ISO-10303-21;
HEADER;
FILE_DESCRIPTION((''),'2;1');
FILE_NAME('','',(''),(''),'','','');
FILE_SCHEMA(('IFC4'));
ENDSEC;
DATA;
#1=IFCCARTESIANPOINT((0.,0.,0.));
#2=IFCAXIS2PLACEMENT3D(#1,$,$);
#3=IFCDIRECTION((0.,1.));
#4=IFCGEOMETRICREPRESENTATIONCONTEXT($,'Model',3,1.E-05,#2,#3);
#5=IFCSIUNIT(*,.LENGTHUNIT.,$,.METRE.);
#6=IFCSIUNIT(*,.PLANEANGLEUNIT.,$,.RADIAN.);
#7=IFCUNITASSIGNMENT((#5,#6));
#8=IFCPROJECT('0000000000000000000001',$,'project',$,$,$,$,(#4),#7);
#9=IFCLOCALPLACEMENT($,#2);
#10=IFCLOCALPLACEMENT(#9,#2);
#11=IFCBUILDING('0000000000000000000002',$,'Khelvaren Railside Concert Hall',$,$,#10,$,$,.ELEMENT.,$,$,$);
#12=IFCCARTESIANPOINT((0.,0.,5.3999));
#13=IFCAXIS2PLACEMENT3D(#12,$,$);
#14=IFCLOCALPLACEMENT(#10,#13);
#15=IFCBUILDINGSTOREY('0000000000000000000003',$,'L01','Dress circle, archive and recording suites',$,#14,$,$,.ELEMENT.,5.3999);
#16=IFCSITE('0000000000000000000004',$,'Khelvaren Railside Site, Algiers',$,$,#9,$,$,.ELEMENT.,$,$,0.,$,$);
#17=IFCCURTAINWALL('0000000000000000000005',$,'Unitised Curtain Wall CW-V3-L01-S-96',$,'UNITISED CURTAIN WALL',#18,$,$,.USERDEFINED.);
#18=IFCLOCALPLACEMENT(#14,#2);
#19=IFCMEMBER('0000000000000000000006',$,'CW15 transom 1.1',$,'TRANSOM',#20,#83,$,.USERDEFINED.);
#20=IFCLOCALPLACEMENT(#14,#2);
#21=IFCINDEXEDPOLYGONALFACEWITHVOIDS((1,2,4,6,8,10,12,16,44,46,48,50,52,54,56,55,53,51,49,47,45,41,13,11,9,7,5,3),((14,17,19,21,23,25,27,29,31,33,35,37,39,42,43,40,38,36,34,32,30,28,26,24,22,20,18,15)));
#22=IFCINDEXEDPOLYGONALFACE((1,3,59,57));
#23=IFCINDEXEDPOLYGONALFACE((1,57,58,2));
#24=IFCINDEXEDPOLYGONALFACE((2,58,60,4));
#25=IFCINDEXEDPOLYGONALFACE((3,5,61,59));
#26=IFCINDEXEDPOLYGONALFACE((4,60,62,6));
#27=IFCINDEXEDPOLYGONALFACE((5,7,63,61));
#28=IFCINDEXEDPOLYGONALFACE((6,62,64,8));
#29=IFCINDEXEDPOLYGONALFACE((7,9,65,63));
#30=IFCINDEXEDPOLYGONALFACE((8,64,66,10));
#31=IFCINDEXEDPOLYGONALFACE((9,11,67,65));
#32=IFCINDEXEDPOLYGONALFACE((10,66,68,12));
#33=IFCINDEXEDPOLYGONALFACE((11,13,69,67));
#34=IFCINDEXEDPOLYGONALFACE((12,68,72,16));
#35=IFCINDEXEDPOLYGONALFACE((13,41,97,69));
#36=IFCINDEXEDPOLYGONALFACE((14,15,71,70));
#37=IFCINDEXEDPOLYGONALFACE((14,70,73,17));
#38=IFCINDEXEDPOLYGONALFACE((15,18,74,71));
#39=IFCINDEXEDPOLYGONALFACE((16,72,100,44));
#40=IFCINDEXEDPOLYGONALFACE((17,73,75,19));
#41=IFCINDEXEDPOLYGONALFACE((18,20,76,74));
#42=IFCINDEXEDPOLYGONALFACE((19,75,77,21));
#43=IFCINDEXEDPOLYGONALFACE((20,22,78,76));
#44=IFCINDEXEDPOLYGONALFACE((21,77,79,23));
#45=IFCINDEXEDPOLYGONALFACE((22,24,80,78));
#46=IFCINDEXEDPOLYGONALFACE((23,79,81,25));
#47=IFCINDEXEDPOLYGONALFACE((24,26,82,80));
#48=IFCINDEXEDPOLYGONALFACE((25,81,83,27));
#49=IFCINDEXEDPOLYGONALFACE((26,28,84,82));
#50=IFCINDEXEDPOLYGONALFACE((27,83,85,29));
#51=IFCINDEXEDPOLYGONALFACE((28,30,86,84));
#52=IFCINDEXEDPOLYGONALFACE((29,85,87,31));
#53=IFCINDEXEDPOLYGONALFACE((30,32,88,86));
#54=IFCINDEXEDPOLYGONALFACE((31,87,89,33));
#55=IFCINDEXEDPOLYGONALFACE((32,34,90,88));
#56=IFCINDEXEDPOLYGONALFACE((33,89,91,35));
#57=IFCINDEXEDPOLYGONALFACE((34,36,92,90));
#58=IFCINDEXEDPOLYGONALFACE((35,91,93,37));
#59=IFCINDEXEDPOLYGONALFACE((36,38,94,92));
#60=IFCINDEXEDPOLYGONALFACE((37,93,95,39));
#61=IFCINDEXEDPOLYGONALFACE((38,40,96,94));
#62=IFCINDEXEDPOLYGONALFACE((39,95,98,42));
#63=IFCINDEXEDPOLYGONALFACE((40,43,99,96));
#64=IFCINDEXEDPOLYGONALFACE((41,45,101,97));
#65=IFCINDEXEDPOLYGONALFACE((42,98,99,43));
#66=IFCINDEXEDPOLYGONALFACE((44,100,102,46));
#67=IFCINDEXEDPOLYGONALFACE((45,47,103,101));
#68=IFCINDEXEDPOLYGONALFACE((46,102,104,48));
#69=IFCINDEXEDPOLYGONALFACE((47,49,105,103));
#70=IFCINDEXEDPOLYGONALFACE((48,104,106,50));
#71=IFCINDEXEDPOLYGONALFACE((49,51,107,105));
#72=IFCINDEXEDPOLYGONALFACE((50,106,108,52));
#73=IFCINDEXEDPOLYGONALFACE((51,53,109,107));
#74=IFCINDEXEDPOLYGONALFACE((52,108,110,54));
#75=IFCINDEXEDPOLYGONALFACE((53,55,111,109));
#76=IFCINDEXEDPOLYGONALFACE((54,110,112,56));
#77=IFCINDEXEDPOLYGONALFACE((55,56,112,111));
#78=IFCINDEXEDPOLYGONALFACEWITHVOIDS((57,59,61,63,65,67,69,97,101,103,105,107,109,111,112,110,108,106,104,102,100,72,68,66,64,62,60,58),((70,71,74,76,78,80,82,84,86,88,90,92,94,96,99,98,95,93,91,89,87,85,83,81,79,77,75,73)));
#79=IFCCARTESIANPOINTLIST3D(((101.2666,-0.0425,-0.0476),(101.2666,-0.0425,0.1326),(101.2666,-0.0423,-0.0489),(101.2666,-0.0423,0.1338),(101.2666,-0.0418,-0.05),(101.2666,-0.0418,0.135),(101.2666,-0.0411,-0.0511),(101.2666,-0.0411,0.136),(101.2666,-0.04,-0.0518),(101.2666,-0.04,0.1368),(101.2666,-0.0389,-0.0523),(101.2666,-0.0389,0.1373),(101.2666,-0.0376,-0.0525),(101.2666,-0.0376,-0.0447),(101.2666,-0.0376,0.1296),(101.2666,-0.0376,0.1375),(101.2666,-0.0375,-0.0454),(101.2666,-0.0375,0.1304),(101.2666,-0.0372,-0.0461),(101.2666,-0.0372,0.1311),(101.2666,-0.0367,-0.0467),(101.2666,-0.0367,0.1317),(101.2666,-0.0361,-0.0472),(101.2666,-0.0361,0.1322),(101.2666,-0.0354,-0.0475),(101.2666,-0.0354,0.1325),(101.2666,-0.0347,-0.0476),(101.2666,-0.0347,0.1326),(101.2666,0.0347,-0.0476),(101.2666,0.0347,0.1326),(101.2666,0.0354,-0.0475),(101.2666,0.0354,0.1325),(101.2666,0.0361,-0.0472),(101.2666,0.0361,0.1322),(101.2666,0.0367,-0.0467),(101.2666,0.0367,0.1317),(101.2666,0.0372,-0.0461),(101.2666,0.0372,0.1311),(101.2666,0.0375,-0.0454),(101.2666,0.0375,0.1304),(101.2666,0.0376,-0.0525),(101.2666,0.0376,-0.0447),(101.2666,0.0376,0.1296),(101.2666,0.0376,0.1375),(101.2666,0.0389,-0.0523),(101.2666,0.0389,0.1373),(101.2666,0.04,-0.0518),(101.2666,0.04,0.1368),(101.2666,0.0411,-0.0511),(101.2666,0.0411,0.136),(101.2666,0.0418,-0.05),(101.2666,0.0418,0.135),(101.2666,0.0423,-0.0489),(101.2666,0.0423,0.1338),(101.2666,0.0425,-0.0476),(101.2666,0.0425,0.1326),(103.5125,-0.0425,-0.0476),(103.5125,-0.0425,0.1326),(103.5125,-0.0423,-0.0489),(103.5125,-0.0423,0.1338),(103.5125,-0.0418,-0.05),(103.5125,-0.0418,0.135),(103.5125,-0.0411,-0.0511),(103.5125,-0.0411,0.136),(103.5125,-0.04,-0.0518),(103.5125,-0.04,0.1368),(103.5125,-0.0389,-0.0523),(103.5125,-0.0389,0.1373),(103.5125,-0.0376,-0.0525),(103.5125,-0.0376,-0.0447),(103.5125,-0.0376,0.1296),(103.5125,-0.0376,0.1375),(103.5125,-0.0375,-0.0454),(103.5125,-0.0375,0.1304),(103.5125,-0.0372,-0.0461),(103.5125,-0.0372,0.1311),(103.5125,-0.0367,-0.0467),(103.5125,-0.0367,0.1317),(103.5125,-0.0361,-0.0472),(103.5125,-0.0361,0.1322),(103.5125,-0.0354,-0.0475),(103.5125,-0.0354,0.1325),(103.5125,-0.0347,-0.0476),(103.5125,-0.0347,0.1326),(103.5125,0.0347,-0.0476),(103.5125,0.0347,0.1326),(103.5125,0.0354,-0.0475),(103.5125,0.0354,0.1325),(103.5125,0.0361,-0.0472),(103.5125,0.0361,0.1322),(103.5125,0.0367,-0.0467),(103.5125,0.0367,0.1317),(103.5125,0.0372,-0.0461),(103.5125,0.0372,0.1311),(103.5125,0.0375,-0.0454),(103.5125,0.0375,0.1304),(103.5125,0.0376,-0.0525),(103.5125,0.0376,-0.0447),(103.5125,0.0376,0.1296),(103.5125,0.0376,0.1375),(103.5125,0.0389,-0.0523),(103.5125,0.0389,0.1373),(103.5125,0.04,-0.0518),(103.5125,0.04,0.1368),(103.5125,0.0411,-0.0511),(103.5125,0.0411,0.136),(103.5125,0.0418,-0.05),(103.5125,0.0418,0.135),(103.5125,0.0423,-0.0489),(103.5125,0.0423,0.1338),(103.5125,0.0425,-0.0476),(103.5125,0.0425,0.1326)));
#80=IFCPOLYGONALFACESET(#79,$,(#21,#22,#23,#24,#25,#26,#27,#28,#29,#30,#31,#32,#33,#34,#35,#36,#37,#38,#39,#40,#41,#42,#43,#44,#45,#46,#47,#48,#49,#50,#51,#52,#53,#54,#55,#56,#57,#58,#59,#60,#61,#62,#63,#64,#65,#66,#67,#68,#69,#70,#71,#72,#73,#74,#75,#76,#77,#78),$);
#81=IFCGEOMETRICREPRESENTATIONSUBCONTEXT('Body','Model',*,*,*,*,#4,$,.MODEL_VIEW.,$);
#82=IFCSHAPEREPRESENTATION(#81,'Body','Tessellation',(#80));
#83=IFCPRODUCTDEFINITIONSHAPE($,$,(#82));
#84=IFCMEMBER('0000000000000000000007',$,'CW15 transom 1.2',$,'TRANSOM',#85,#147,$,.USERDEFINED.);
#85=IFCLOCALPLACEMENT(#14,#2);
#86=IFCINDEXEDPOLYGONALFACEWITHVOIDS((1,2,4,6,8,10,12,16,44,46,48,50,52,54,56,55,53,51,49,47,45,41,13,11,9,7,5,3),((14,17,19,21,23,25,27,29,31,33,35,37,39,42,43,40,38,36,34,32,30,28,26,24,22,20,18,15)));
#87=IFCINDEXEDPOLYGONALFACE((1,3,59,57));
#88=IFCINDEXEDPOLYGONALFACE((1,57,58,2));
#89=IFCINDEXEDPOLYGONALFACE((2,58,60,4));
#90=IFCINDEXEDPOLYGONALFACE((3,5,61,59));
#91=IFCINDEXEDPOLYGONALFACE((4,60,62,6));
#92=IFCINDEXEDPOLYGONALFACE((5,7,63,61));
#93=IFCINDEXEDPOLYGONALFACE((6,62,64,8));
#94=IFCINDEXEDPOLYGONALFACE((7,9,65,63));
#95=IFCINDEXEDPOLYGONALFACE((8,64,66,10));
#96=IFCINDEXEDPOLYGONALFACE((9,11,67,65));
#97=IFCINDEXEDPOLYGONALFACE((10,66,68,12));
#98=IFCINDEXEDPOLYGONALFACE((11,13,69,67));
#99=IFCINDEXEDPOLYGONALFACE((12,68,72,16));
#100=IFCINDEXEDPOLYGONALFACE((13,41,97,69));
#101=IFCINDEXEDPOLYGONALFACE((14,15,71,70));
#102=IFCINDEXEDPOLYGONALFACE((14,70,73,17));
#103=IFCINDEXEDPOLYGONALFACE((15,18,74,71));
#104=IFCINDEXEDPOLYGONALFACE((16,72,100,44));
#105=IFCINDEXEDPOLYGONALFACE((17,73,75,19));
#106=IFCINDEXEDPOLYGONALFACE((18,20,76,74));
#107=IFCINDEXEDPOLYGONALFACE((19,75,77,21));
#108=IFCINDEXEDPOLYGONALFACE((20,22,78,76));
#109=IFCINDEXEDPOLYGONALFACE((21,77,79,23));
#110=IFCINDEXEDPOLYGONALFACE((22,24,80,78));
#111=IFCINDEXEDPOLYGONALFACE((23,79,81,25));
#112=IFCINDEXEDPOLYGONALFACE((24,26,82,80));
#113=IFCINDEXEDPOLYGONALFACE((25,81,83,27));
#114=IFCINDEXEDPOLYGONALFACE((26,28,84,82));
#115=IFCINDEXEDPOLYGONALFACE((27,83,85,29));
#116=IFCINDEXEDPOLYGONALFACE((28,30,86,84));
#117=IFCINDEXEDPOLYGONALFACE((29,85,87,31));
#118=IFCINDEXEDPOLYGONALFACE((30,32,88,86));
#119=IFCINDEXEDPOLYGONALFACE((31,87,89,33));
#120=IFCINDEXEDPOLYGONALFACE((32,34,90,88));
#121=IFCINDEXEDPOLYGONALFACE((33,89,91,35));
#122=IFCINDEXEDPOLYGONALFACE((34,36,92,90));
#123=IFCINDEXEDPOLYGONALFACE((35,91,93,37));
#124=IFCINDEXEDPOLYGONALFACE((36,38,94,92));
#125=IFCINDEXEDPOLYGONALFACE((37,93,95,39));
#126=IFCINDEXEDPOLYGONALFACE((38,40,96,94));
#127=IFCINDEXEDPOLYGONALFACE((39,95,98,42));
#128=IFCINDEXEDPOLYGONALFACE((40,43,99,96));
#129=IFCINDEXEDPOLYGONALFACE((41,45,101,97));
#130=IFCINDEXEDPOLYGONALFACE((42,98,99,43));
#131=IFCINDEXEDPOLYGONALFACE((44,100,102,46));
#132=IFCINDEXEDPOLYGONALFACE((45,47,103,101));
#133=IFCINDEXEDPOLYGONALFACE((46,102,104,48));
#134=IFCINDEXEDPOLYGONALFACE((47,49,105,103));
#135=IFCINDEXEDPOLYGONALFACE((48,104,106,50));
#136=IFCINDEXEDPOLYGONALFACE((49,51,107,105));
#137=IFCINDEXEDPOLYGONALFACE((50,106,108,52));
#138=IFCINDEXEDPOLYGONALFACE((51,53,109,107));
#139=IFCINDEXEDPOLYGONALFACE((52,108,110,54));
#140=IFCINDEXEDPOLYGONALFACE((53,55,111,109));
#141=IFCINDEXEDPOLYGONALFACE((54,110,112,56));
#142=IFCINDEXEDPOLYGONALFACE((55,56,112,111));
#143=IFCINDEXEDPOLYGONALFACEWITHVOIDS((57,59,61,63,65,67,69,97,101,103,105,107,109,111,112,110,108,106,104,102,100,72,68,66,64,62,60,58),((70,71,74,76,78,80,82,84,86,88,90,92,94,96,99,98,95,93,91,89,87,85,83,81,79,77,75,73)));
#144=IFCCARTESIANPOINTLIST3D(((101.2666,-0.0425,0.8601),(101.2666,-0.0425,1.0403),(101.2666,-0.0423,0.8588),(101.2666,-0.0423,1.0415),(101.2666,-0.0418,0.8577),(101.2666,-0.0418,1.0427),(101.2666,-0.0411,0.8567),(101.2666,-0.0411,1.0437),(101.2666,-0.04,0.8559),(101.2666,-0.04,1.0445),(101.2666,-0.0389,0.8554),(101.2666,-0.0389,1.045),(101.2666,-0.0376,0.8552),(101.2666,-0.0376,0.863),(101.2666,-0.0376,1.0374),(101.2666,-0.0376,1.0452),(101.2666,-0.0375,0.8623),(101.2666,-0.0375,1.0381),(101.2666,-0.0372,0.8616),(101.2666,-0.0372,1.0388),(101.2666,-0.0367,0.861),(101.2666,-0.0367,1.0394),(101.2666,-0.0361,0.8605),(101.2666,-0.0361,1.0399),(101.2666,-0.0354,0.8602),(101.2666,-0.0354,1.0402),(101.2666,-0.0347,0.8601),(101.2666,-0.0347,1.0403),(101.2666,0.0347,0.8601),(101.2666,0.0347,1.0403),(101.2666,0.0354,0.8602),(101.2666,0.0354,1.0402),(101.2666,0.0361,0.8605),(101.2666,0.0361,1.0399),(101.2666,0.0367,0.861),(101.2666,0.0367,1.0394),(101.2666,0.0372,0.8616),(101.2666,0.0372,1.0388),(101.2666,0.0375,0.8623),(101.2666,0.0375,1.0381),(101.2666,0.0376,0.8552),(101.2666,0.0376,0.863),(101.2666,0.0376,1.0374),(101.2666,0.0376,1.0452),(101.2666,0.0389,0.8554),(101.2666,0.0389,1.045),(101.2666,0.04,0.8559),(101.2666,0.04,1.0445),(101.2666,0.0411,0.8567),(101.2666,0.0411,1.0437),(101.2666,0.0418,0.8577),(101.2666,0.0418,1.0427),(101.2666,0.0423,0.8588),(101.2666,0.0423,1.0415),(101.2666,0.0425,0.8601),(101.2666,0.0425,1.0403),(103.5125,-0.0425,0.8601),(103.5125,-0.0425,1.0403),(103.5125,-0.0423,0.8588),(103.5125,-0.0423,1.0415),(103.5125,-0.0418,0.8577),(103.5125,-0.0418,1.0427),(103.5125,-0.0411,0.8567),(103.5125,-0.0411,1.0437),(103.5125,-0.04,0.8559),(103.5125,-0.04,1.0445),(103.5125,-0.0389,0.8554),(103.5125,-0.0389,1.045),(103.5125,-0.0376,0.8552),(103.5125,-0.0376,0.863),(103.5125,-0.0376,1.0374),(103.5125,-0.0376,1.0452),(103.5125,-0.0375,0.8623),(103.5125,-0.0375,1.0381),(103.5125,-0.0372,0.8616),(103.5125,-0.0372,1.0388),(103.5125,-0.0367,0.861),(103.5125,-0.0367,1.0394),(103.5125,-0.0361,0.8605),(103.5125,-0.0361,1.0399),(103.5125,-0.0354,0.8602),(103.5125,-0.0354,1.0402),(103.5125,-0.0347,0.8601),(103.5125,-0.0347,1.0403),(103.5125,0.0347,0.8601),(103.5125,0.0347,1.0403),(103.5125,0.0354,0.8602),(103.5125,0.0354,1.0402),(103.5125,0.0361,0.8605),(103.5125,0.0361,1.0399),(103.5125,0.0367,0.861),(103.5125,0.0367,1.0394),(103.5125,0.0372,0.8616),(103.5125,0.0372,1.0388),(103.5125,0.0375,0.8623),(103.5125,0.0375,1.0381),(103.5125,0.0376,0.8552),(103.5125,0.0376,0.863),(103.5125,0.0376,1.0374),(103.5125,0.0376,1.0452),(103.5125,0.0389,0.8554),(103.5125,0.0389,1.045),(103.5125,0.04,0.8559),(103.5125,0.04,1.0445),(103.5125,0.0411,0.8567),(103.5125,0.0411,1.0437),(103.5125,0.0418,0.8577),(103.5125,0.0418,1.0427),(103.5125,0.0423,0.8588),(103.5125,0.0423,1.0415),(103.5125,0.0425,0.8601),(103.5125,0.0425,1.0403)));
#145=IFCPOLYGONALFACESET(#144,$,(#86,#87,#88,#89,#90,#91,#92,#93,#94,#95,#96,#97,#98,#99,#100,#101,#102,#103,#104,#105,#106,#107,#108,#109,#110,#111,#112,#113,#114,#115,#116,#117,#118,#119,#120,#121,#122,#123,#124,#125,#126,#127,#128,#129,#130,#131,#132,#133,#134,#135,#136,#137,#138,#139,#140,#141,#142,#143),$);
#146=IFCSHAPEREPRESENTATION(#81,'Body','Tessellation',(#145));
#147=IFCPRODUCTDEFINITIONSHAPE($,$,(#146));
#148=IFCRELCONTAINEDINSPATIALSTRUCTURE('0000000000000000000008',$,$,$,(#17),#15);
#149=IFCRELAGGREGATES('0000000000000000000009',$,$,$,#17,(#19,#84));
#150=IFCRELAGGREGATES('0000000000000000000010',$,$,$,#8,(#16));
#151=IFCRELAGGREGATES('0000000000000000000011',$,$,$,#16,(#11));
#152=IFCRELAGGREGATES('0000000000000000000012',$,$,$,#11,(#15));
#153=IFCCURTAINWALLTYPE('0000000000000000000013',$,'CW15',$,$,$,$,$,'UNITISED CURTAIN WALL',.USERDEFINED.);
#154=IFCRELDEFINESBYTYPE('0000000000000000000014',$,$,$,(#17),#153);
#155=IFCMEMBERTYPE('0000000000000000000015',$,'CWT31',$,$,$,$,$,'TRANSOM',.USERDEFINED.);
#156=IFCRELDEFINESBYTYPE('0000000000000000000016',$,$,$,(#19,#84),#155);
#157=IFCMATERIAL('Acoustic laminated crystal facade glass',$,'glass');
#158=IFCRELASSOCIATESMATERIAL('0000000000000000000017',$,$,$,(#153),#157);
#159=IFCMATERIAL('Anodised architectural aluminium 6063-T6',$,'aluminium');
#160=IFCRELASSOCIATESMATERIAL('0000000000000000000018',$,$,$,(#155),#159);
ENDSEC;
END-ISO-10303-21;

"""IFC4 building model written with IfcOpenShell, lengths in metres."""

from ifc_helpers import new_model, si_unit, direction, frame, origin, origin_2d, place, context, subcontext, project, spatial, hollow_rectangle, extrude, material, material_profile, profile_set, type_object, element, aggregate, save


model = new_model("IFC4")

# Units and contexts
model_context = context("Model", 3, precision=1e-05, world=origin(), true_north=direction((0.0, 1.0)))
body_context = subcontext(model_context, "Body", "Model", "MODEL_VIEW")
ifc_project = project(units=[si_unit("LENGTHUNIT", "METRE"), si_unit("PLANEANGLEUNIT", "RADIAN")], contexts=[model_context])

# Site, building, storey
site_placement = place(None, origin())
site = spatial("IfcSite", under=ifc_project, at=site_placement, Name="Khelvaren Railside Site, Algiers", CompositionType="ELEMENT", RefElevation=0.0)
building_placement = place(site_placement, origin())
building = spatial("IfcBuilding", under=site, at=building_placement, Name="Khelvaren Railside Concert Hall", CompositionType="ELEMENT")
storey_placement = place(building_placement, frame((0.0, 0.0, 5.3999)))
storey = spatial("IfcBuildingStorey", under=building, at=storey_placement, Name="L01", Description="Dress circle, archive and recording suites", CompositionType="ELEMENT", Elevation=5.3999)

# Curtain wall
ifc_material_1 = material(Name="Acoustic laminated crystal facade glass", Category="glass")
curtain_wall_type_1 = type_object("IfcCurtainWallType", Name="CW15", ElementType="UNITISED CURTAIN WALL", PredefinedType="USERDEFINED", material=ifc_material_1)
curtain_wall_1_placement = place(storey_placement, origin())
curtain_wall_1 = element("IfcCurtainWall", 1, at=curtain_wall_1_placement, inside=storey, type_object=curtain_wall_type_1, Name="Unitised Curtain Wall CW-V3-L01-S-96", ObjectType="UNITISED CURTAIN WALL", PredefinedType="USERDEFINED")
ifc_material_2 = material(Name="Anodised architectural aluminium 6063-T6", Category="aluminium")

# Members
ifc_material_profile_1 = material_profile(ifc_material_2, hollow_rectangle(XDim=0.085, YDim=0.1899, WallThickness=0.0049, InnerFilletRadius=0.0029, OuterFilletRadius=0.0049, at=origin_2d()), Name="CWT 85x190x5")
ifc_profile_set_1 = profile_set([ifc_material_profile_1], Name="Anodised architectural aluminium 6063-T6")
member_type_1 = type_object("IfcMemberType", Name="CWT31", ElementType="TRANSOM", PredefinedType="USERDEFINED", material=ifc_profile_set_1)
member_1_placement = place(storey_placement, frame((103.5125, 0.0, 0.0425), z_axis=(-1.0, 0.0, 0.0), x_axis=(0.0, -1.0, 0.0)))
member_1 = element("IfcMember", 2, at=member_1_placement, type_object=member_type_1, Name="CW15 transom 1.1", ObjectType="TRANSOM", PredefinedType="USERDEFINED", context=body_context, shape_type="SweptSolid", body=[
    extrude(hollow_rectangle(XDim=0.085, YDim=0.1899, WallThickness=0.0049, InnerFilletRadius=0.0029, OuterFilletRadius=0.0049, at=origin_2d()), origin(), (0.0, 0.0, 1.0), 2.2458),
])
member_2_placement = place(storey_placement, frame((103.5125, 0.0, 0.9502), z_axis=(-1.0, 0.0, 0.0), x_axis=(0.0, -1.0, 0.0)))
member_2 = element("IfcMember", 3, at=member_2_placement, type_object=member_type_1, Name="CW15 transom 1.2", ObjectType="TRANSOM", PredefinedType="USERDEFINED", context=body_context, shape_type="SweptSolid", body=[
    extrude(hollow_rectangle(XDim=0.085, YDim=0.1899, WallThickness=0.0049, InnerFilletRadius=0.0029, OuterFilletRadius=0.0049, at=origin_2d()), origin(), (0.0, 0.0, 1.0), 2.2458),
])

aggregate(curtain_wall_1, [member_1, member_2])

save(model, "model.ifc")
